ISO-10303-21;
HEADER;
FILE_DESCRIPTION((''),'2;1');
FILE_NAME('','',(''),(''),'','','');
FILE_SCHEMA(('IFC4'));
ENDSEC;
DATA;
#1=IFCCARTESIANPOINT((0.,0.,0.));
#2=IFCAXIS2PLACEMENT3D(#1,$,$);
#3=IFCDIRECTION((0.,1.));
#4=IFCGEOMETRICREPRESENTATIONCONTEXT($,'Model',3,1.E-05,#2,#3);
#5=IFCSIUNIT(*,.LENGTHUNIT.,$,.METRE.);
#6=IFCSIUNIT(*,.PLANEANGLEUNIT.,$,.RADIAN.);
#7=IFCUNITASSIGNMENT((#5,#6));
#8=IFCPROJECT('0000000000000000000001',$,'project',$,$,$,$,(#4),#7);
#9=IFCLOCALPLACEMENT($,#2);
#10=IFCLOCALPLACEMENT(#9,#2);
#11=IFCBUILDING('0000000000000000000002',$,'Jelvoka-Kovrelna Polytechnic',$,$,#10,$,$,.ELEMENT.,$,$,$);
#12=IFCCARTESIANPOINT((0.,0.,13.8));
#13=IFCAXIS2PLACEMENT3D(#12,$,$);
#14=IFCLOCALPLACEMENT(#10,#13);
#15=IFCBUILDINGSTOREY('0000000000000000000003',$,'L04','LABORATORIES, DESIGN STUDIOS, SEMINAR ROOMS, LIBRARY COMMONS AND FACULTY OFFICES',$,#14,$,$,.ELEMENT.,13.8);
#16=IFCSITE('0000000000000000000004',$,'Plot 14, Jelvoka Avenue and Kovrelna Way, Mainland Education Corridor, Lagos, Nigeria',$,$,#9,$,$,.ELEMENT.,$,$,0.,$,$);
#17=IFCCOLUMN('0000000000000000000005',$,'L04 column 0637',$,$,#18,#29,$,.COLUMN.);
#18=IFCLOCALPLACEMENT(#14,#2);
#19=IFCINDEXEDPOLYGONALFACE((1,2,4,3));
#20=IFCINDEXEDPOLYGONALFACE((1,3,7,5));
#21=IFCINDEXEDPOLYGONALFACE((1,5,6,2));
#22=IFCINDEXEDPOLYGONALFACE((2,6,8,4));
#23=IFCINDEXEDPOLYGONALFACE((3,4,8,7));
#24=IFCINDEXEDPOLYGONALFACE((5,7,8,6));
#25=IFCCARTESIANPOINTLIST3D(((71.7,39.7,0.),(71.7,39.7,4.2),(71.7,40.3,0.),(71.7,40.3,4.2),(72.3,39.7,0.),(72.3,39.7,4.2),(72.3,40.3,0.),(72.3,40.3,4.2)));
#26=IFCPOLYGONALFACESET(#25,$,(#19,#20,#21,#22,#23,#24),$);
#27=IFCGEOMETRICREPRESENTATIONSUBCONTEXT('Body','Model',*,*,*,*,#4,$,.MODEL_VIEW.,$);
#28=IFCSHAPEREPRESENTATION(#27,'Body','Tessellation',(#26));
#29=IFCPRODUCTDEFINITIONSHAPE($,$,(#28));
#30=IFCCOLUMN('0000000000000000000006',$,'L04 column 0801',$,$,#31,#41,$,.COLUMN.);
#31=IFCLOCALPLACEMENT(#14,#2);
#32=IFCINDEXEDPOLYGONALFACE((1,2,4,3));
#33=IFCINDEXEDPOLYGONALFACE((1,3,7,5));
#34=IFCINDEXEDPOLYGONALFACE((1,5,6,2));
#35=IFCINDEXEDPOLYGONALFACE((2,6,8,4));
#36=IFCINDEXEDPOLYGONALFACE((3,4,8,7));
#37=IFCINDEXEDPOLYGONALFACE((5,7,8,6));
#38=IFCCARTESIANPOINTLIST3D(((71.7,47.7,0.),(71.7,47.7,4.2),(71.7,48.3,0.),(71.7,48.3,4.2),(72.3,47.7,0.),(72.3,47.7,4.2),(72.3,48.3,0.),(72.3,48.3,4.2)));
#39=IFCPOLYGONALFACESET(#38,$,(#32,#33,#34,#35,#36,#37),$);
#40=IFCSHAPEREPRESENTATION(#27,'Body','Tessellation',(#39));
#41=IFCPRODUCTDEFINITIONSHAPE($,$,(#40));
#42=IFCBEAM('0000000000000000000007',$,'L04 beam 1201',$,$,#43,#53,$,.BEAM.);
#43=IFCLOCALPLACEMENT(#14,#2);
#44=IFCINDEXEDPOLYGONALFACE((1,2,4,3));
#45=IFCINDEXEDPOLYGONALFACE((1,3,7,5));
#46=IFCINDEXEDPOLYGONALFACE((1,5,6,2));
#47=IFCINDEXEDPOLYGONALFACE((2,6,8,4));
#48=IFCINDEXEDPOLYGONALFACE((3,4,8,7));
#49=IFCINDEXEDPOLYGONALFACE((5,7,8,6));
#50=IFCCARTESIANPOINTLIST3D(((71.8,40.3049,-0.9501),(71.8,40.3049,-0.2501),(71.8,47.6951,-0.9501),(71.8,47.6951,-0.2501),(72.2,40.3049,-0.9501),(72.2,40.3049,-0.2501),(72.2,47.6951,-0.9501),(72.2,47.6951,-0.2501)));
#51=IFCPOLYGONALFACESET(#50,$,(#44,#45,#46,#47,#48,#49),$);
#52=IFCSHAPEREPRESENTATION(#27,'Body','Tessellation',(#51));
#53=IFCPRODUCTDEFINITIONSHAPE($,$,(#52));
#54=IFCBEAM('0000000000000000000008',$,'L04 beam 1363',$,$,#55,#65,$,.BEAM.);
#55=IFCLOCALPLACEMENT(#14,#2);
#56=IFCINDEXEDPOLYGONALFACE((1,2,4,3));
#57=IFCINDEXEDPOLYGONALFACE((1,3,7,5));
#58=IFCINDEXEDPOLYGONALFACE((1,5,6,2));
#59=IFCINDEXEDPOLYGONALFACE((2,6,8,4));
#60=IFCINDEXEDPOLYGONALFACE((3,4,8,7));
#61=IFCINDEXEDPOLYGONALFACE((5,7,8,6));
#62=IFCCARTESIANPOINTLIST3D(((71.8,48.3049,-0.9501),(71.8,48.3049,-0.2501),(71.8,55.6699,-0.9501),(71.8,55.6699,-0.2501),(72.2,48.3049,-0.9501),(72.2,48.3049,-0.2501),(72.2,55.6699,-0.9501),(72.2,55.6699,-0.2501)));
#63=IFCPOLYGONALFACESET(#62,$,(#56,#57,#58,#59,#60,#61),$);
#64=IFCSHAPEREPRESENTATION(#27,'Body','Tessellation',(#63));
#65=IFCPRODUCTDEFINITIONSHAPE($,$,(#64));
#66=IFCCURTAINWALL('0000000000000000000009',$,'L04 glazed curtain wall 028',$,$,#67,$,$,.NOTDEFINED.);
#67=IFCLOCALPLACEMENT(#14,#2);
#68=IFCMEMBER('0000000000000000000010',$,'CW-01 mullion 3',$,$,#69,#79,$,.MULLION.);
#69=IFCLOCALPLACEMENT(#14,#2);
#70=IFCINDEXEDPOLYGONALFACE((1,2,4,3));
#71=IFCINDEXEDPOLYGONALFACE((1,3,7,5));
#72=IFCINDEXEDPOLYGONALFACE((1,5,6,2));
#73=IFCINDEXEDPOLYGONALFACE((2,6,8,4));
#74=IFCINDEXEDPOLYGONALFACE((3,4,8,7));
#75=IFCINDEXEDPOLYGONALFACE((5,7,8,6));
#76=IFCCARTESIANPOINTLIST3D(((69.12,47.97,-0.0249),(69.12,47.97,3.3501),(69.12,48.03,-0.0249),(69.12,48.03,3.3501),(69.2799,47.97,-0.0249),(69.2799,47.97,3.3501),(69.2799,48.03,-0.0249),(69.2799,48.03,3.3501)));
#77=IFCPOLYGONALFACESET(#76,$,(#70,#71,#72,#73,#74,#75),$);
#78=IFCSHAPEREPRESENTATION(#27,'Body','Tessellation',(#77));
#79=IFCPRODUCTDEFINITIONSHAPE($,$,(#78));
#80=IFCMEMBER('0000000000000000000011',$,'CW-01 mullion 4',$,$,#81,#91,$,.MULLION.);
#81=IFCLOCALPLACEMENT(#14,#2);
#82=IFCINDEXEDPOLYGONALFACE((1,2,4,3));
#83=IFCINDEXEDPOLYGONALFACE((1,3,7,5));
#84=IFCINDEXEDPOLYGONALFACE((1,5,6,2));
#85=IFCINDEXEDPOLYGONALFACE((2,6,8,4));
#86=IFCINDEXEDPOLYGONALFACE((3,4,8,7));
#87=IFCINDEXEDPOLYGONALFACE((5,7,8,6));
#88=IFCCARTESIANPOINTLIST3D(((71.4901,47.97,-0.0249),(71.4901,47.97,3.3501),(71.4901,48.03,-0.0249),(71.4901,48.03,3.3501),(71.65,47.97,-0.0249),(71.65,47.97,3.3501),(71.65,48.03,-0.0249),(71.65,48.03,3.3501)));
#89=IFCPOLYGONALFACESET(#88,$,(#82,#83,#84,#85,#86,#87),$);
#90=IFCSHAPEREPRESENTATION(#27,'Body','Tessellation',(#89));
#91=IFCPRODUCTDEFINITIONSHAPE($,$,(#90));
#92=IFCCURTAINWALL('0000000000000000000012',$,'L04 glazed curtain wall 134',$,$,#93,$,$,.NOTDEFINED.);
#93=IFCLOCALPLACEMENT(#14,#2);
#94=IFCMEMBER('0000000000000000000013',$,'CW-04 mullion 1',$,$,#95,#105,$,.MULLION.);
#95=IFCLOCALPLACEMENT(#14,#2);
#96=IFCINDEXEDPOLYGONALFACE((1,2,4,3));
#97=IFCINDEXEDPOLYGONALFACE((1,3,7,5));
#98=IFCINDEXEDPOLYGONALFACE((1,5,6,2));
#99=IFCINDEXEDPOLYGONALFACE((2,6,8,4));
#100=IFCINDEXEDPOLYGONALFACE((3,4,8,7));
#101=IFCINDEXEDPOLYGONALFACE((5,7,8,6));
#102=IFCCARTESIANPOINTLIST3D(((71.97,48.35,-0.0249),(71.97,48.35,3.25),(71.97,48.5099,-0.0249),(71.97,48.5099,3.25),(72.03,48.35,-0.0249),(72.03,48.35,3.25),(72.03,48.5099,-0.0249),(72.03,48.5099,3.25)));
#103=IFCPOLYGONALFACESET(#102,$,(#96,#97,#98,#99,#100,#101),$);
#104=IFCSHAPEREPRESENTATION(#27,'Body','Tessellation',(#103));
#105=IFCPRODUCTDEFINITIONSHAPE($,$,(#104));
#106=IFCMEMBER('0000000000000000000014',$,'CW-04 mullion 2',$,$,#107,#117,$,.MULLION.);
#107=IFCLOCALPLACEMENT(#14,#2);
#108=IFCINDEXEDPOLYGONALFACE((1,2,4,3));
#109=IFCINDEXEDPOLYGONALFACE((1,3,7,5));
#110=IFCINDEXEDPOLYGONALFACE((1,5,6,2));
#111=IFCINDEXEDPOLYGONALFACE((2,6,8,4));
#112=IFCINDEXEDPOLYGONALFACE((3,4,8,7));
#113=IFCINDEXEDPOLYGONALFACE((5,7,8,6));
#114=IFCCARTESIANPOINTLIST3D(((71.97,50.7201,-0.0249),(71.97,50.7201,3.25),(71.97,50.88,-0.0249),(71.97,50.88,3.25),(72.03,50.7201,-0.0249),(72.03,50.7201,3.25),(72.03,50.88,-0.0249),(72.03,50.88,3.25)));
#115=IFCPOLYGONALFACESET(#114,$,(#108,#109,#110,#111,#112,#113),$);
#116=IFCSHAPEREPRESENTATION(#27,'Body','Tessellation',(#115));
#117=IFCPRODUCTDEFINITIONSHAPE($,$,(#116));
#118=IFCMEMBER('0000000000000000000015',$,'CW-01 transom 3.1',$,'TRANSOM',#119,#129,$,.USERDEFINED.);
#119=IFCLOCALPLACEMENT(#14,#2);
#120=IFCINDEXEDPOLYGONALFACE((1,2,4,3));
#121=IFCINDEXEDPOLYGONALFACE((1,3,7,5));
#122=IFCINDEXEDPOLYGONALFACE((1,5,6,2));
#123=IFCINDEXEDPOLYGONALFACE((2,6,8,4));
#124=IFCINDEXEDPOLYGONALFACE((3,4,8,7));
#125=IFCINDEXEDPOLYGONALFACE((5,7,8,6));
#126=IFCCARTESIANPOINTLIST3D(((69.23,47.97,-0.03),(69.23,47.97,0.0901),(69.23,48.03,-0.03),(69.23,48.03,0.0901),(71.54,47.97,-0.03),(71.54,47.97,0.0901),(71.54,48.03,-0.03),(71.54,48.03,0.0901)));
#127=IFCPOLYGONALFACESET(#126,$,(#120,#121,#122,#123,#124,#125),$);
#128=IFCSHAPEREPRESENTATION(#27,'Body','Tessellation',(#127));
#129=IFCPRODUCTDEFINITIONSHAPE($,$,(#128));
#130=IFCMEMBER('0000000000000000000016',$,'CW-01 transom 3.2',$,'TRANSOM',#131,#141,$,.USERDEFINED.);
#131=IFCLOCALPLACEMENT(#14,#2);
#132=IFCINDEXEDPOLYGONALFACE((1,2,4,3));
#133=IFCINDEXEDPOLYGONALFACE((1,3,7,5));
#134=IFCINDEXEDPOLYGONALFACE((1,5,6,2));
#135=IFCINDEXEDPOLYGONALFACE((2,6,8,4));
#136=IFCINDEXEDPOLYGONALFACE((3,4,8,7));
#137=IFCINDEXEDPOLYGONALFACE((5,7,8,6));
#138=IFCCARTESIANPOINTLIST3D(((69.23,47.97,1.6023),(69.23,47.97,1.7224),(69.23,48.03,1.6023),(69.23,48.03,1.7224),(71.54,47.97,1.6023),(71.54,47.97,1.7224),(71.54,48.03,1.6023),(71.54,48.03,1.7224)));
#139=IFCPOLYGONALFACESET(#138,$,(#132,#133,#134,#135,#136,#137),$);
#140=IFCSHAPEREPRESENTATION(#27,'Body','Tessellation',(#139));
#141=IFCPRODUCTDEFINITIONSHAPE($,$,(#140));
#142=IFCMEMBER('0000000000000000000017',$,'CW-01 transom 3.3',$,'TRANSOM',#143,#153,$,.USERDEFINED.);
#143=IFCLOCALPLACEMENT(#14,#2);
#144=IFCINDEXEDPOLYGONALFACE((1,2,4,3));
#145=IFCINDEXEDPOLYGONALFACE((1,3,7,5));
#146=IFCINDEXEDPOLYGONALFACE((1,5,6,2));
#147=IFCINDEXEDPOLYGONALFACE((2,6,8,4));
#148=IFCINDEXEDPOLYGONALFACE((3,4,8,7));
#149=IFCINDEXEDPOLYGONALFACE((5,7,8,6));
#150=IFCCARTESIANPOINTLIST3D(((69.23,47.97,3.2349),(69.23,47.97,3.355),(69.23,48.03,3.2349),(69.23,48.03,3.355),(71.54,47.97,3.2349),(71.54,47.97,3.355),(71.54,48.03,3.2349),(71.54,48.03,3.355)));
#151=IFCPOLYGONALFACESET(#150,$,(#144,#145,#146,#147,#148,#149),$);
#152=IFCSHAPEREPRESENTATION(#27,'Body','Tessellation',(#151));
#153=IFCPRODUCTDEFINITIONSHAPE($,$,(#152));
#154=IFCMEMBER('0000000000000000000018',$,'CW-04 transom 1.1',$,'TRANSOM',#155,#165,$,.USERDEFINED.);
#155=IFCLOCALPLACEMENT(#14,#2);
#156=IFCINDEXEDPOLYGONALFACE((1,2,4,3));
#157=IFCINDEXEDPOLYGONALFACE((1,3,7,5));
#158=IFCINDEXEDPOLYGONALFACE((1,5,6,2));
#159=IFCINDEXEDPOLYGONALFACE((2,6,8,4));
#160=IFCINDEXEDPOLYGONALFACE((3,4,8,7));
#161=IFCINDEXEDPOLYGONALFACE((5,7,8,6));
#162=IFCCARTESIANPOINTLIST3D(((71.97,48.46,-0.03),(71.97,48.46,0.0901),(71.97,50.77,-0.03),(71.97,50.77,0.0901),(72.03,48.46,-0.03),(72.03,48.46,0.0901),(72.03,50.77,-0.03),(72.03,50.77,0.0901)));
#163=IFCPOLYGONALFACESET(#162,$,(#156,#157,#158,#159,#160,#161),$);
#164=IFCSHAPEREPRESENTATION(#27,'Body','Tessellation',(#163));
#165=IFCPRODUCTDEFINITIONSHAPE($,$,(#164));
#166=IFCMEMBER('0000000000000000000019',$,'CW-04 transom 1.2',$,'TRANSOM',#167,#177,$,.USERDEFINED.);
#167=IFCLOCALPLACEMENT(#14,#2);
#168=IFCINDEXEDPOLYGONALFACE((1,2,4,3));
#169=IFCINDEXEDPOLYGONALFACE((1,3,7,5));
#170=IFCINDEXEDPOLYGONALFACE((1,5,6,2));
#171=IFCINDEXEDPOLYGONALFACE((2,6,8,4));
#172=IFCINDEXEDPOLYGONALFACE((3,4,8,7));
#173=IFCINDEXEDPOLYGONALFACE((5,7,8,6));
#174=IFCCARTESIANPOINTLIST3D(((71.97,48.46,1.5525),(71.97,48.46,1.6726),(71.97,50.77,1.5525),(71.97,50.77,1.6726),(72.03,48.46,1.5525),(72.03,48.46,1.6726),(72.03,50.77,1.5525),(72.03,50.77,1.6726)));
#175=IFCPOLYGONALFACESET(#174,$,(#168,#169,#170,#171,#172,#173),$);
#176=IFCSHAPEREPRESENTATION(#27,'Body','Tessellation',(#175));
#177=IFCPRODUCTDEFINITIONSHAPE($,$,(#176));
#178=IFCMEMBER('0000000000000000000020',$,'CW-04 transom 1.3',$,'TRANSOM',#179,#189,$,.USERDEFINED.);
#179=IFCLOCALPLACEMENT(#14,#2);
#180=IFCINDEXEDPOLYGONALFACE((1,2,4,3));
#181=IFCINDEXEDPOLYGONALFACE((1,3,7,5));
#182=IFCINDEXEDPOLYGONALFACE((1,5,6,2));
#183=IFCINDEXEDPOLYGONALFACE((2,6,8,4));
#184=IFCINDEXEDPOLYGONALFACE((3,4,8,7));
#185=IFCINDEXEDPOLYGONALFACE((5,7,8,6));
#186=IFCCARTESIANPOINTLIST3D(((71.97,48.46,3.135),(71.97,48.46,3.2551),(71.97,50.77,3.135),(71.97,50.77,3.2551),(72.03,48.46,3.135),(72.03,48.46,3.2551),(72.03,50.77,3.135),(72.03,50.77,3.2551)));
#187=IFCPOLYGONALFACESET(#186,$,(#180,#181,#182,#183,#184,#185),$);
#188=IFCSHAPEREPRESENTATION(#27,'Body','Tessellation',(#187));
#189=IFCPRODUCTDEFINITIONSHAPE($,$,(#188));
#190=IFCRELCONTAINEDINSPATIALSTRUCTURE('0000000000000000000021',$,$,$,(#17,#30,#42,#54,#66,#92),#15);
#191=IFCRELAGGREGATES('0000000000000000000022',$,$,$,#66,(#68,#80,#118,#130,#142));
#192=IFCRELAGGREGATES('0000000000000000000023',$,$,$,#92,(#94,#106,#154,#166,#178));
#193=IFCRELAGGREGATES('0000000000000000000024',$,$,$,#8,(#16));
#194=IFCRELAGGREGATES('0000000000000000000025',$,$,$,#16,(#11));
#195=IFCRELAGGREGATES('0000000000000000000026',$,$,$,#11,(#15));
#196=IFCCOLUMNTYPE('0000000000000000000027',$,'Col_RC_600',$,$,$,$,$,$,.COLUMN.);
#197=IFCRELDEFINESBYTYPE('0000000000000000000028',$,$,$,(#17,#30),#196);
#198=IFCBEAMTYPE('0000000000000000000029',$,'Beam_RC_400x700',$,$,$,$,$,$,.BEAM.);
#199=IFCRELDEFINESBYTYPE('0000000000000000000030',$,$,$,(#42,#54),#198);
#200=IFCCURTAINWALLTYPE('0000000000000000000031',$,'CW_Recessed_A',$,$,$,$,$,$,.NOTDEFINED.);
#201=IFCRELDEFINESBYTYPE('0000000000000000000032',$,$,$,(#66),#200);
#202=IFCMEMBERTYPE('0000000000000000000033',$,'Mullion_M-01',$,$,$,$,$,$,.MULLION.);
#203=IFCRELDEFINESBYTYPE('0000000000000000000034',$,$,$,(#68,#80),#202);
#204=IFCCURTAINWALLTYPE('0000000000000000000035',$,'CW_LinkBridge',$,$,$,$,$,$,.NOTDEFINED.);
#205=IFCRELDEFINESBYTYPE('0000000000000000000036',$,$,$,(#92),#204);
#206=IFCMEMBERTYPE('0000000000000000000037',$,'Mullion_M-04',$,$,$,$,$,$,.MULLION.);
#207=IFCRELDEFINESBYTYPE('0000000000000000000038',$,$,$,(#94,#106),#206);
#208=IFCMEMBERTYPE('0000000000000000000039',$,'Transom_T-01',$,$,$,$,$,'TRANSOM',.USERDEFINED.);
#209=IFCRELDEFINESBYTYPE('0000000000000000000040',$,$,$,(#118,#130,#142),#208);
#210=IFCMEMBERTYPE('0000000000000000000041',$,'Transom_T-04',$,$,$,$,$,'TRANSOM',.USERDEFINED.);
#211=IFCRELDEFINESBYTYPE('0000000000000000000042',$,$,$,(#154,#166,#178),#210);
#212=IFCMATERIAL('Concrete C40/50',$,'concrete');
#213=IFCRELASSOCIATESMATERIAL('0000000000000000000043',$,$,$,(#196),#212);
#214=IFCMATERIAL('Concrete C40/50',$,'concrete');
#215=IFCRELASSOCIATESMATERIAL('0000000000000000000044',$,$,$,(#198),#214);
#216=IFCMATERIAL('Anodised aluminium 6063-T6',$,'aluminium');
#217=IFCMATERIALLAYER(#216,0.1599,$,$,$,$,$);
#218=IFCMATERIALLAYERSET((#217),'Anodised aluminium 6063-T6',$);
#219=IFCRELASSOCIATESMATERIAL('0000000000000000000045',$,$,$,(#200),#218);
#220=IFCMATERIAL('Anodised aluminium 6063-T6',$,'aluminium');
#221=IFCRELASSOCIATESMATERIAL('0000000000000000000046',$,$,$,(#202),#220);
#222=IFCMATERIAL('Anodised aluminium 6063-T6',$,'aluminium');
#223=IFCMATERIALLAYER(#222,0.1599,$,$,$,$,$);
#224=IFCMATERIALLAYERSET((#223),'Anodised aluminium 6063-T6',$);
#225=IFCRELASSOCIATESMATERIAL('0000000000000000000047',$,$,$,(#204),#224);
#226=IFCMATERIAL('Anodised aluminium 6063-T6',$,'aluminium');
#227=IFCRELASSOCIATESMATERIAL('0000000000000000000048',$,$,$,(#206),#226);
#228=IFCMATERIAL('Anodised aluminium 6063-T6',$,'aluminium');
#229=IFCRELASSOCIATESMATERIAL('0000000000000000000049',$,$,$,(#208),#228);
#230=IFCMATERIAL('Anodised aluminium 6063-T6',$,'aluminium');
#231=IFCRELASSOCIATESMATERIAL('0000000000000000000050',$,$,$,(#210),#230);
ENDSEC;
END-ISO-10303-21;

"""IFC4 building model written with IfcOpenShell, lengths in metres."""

from ifc_helpers import new_model, si_unit, direction, frame, origin, origin_2d, place, context, subcontext, project, spatial, rectangle, extrude, material, layer, layer_set, material_profile, profile_set, type_object, element, aggregate, save


model = new_model("IFC4")

# Units and contexts
model_context = context("Model", 3, precision=1e-05, world=origin(), true_north=direction((0.0, 1.0)))
body_context = subcontext(model_context, "Body", "Model", "MODEL_VIEW")
ifc_project = project(units=[si_unit("LENGTHUNIT", "METRE"), si_unit("PLANEANGLEUNIT", "RADIAN")], contexts=[model_context])

# Site, building, storey
site_placement = place(None, origin())
site = spatial("IfcSite", under=ifc_project, at=site_placement, Name="Plot 14, Jelvoka Avenue and Kovrelna Way, Mainland Education Corridor, Lagos, Nigeria", CompositionType="ELEMENT", RefElevation=0.0)
building_placement = place(site_placement, origin())
building = spatial("IfcBuilding", under=site, at=building_placement, Name="Jelvoka-Kovrelna Polytechnic", CompositionType="ELEMENT")
storey_placement = place(building_placement, frame((0.0, 0.0, 13.8)))
storey = spatial("IfcBuildingStorey", under=building, at=storey_placement, Name="L04", Description="LABORATORIES, DESIGN STUDIOS, SEMINAR ROOMS, LIBRARY COMMONS AND FACULTY OFFICES", CompositionType="ELEMENT", Elevation=13.8)

# Columns
ifc_material_1 = material(Name="Concrete C40/50", Category="concrete")
ifc_material_profile_1 = material_profile(ifc_material_1, rectangle(XDim=0.6001, YDim=0.6001, at=origin_2d()), Name="RC 600x600")
ifc_profile_set_1 = profile_set([ifc_material_profile_1], Name="Concrete C40/50")
column_type = type_object("IfcColumnType", Name="Col_RC_600", PredefinedType="COLUMN", material=ifc_profile_set_1)
for number, where, z_axis, x_axis, name in (
    (1, (72.0, 40.0, 0.0), (0.0, 0.0, 1.0), (1.0, 0.0, 0.0), "L04 column 0637"),
    (2, (72.0, 48.0, 0.0), (0.0, 0.0, 1.0), (1.0, 0.0, 0.0), "L04 column 0801"),
):
    element("IfcColumn", number, at=place(storey_placement, frame(where, z_axis=z_axis, x_axis=x_axis)), inside=storey, type_object=column_type, Name=name, PredefinedType="COLUMN", context=body_context, shape_type="SweptSolid", body=[
        extrude(rectangle(XDim=0.6001, YDim=0.6001, at=origin_2d()), origin(), (0.0, 0.0, 1.0), 4.2),
    ])

# Beams
ifc_material_2 = material(Name="Concrete C40/50", Category="concrete")
ifc_material_profile_2 = material_profile(ifc_material_2, rectangle(XDim=0.3999, YDim=0.7, at=origin_2d()), Name="RC 400x700")
ifc_profile_set_2 = profile_set([ifc_material_profile_2], Name="Concrete C40/50")
beam_type = type_object("IfcBeamType", Name="Beam_RC_400x700", PredefinedType="BEAM", material=ifc_profile_set_2)
beam_1_placement = place(storey_placement, frame((72.0, 40.3049, -0.6001), z_axis=(0.0, 1.0, 0.0), x_axis=(-1.0, 0.0, 0.0)))
element("IfcBeam", 3, at=beam_1_placement, inside=storey, type_object=beam_type, Name="L04 beam 1201", PredefinedType="BEAM", context=body_context, shape_type="SweptSolid", body=[
    extrude(rectangle(XDim=0.3999, YDim=0.7, at=origin_2d()), origin(), (0.0, 0.0, 1.0), 7.3901),
])
beam_2_placement = place(storey_placement, frame((72.0, 48.3049, -0.6001), z_axis=(0.0, 1.0, 0.0), x_axis=(-1.0, 0.0, 0.0)))
element("IfcBeam", 4, at=beam_2_placement, inside=storey, type_object=beam_type, Name="L04 beam 1363", PredefinedType="BEAM", context=body_context, shape_type="SweptSolid", body=[
    extrude(rectangle(XDim=0.3999, YDim=0.7, at=origin_2d()), origin(), (0.0, 0.0, 1.0), 7.365),
])

# Curtain walls, members
ifc_material_3 = material(Name="Anodised aluminium 6063-T6", Category="aluminium")
ifc_layer_1 = layer(ifc_material_3, 0.1599)
ifc_layer_set_1 = layer_set([ifc_layer_1], Name="Anodised aluminium 6063-T6")
curtain_wall_type_1 = type_object("IfcCurtainWallType", Name="CW_Recessed_A", PredefinedType="NOTDEFINED", material=ifc_layer_set_1)
curtain_wall_1_placement = place(storey_placement, origin())
curtain_wall_1 = element("IfcCurtainWall", 5, at=curtain_wall_1_placement, inside=storey, type_object=curtain_wall_type_1, Name="L04 glazed curtain wall 028", PredefinedType="NOTDEFINED")
ifc_material_4 = material(Name="Anodised aluminium 6063-T6", Category="aluminium")
ifc_material_profile_3 = material_profile(ifc_material_4, rectangle(XDim=0.0601, YDim=0.1599, at=origin_2d()), Name="ALU 60x160")
ifc_profile_set_3 = profile_set([ifc_material_profile_3], Name="Anodised aluminium 6063-T6")
member_type_1 = type_object("IfcMemberType", Name="Mullion_M-01", PredefinedType="MULLION", material=ifc_profile_set_3)
member_1_placement = place(storey_placement, frame((69.2, 48.0, -0.0249), z_axis=(0.0, 0.0, 1.0), x_axis=(0.0, 1.0, 0.0)))
member_1 = element("IfcMember", 6, at=member_1_placement, type_object=member_type_1, Name="CW-01 mullion 3", PredefinedType="MULLION", context=body_context, shape_type="SweptSolid", body=[
    extrude(rectangle(XDim=0.0601, YDim=0.1599, at=origin_2d()), origin(), (0.0, 0.0, 1.0), 3.375),
])
member_2_placement = place(storey_placement, frame((71.5701, 48.0, -0.0249), z_axis=(0.0, 0.0, 1.0), x_axis=(0.0, 1.0, 0.0)))
member_2 = element("IfcMember", 7, at=member_2_placement, type_object=member_type_1, Name="CW-01 mullion 4", PredefinedType="MULLION", context=body_context, shape_type="SweptSolid", body=[
    extrude(rectangle(XDim=0.0601, YDim=0.1599, at=origin_2d()), origin(), (0.0, 0.0, 1.0), 3.375),
])
ifc_material_5 = material(Name="Anodised aluminium 6063-T6", Category="aluminium")
ifc_layer_2 = layer(ifc_material_5, 0.1599)
ifc_layer_set_2 = layer_set([ifc_layer_2], Name="Anodised aluminium 6063-T6")
curtain_wall_type_2 = type_object("IfcCurtainWallType", Name="CW_LinkBridge", PredefinedType="NOTDEFINED", material=ifc_layer_set_2)
curtain_wall_2_placement = place(storey_placement, origin())
curtain_wall_2 = element("IfcCurtainWall", 8, at=curtain_wall_2_placement, inside=storey, type_object=curtain_wall_type_2, Name="L04 glazed curtain wall 134", PredefinedType="NOTDEFINED")
ifc_material_6 = material(Name="Anodised aluminium 6063-T6", Category="aluminium")
ifc_material_profile_4 = material_profile(ifc_material_6, rectangle(XDim=0.0601, YDim=0.1599, at=origin_2d()), Name="ALU 60x160")
ifc_profile_set_4 = profile_set([ifc_material_profile_4], Name="Anodised aluminium 6063-T6")
member_type_2 = type_object("IfcMemberType", Name="Mullion_M-04", PredefinedType="MULLION", material=ifc_profile_set_4)
member_3_placement = place(storey_placement, frame((72.0, 48.4299, -0.0249), z_axis=(0.0, 0.0, 1.0), x_axis=(-1.0, 0.0, 0.0)))
member_3 = element("IfcMember", 9, at=member_3_placement, type_object=member_type_2, Name="CW-04 mullion 1", PredefinedType="MULLION", context=body_context, shape_type="SweptSolid", body=[
    extrude(rectangle(XDim=0.0601, YDim=0.1599, at=origin_2d()), origin(), (0.0, 0.0, 1.0), 3.2749),
])
member_4_placement = place(storey_placement, frame((72.0, 50.8, -0.0249), z_axis=(0.0, 0.0, 1.0), x_axis=(-1.0, 0.0, 0.0)))
member_4 = element("IfcMember", 10, at=member_4_placement, type_object=member_type_2, Name="CW-04 mullion 2", PredefinedType="MULLION", context=body_context, shape_type="SweptSolid", body=[
    extrude(rectangle(XDim=0.0601, YDim=0.1599, at=origin_2d()), origin(), (0.0, 0.0, 1.0), 3.2749),
])

# Members
ifc_material_7 = material(Name="Anodised aluminium 6063-T6", Category="aluminium")
ifc_material_profile_5 = material_profile(ifc_material_7, rectangle(XDim=0.0601, YDim=0.1201, at=origin_2d()), Name="ALU 60x120")
ifc_profile_set_5 = profile_set([ifc_material_profile_5], Name="Anodised aluminium 6063-T6")
member_type_3 = type_object("IfcMemberType", Name="Transom_T-01", ElementType="TRANSOM", PredefinedType="USERDEFINED", material=ifc_profile_set_5)
member_5_placement = place(storey_placement, frame((69.23, 48.0, 0.03), z_axis=(1.0, 0.0, 0.0), x_axis=(0.0, 1.0, 0.0)))
member_5 = element("IfcMember", 11, at=member_5_placement, type_object=member_type_3, Name="CW-01 transom 3.1", ObjectType="TRANSOM", PredefinedType="USERDEFINED", context=body_context, shape_type="SweptSolid", body=[
    extrude(rectangle(XDim=0.0601, YDim=0.1201, at=origin_2d()), origin(), (0.0, 0.0, 1.0), 2.3101),
])
member_6_placement = place(storey_placement, frame((69.23, 48.0, 1.6624), z_axis=(1.0, 0.0, 0.0), x_axis=(0.0, 1.0, 0.0)))
member_6 = element("IfcMember", 12, at=member_6_placement, type_object=member_type_3, Name="CW-01 transom 3.2", ObjectType="TRANSOM", PredefinedType="USERDEFINED", context=body_context, shape_type="SweptSolid", body=[
    extrude(rectangle(XDim=0.0601, YDim=0.1201, at=origin_2d()), origin(), (0.0, 0.0, 1.0), 2.3101),
])
member_7_placement = place(storey_placement, frame((69.23, 48.0, 3.2949), z_axis=(1.0, 0.0, 0.0), x_axis=(0.0, 1.0, 0.0)))
member_7 = element("IfcMember", 13, at=member_7_placement, type_object=member_type_3, Name="CW-01 transom 3.3", ObjectType="TRANSOM", PredefinedType="USERDEFINED", context=body_context, shape_type="SweptSolid", body=[
    extrude(rectangle(XDim=0.0601, YDim=0.1201, at=origin_2d()), origin(), (0.0, 0.0, 1.0), 2.3101),
])
ifc_material_8 = material(Name="Anodised aluminium 6063-T6", Category="aluminium")
ifc_material_profile_6 = material_profile(ifc_material_8, rectangle(XDim=0.0601, YDim=0.1201, at=origin_2d()), Name="ALU 60x120")
ifc_profile_set_6 = profile_set([ifc_material_profile_6], Name="Anodised aluminium 6063-T6")
member_type_4 = type_object("IfcMemberType", Name="Transom_T-04", ElementType="TRANSOM", PredefinedType="USERDEFINED", material=ifc_profile_set_6)
member_8_placement = place(storey_placement, frame((72.0, 48.46, 0.03), z_axis=(0.0, 1.0, 0.0), x_axis=(-1.0, 0.0, 0.0)))
member_8 = element("IfcMember", 14, at=member_8_placement, type_object=member_type_4, Name="CW-04 transom 1.1", ObjectType="TRANSOM", PredefinedType="USERDEFINED", context=body_context, shape_type="SweptSolid", body=[
    extrude(rectangle(XDim=0.0601, YDim=0.1201, at=origin_2d()), origin(), (0.0, 0.0, 1.0), 2.3101),
])
member_9_placement = place(storey_placement, frame((72.0, 48.46, 1.6125), z_axis=(0.0, 1.0, 0.0), x_axis=(-1.0, 0.0, 0.0)))
member_9 = element("IfcMember", 15, at=member_9_placement, type_object=member_type_4, Name="CW-04 transom 1.2", ObjectType="TRANSOM", PredefinedType="USERDEFINED", context=body_context, shape_type="SweptSolid", body=[
    extrude(rectangle(XDim=0.0601, YDim=0.1201, at=origin_2d()), origin(), (0.0, 0.0, 1.0), 2.3101),
])
member_10_placement = place(storey_placement, frame((72.0, 48.46, 3.1951), z_axis=(0.0, 1.0, 0.0), x_axis=(-1.0, 0.0, 0.0)))
member_10 = element("IfcMember", 16, at=member_10_placement, type_object=member_type_4, Name="CW-04 transom 1.3", ObjectType="TRANSOM", PredefinedType="USERDEFINED", context=body_context, shape_type="SweptSolid", body=[
    extrude(rectangle(XDim=0.0601, YDim=0.1201, at=origin_2d()), origin(), (0.0, 0.0, 1.0), 2.3101),
])

aggregate(curtain_wall_1, [member_1, member_2, member_5, member_6, member_7])
aggregate(curtain_wall_2, [member_3, member_4, member_8, member_9, member_10])

save(model, "model.ifc")
